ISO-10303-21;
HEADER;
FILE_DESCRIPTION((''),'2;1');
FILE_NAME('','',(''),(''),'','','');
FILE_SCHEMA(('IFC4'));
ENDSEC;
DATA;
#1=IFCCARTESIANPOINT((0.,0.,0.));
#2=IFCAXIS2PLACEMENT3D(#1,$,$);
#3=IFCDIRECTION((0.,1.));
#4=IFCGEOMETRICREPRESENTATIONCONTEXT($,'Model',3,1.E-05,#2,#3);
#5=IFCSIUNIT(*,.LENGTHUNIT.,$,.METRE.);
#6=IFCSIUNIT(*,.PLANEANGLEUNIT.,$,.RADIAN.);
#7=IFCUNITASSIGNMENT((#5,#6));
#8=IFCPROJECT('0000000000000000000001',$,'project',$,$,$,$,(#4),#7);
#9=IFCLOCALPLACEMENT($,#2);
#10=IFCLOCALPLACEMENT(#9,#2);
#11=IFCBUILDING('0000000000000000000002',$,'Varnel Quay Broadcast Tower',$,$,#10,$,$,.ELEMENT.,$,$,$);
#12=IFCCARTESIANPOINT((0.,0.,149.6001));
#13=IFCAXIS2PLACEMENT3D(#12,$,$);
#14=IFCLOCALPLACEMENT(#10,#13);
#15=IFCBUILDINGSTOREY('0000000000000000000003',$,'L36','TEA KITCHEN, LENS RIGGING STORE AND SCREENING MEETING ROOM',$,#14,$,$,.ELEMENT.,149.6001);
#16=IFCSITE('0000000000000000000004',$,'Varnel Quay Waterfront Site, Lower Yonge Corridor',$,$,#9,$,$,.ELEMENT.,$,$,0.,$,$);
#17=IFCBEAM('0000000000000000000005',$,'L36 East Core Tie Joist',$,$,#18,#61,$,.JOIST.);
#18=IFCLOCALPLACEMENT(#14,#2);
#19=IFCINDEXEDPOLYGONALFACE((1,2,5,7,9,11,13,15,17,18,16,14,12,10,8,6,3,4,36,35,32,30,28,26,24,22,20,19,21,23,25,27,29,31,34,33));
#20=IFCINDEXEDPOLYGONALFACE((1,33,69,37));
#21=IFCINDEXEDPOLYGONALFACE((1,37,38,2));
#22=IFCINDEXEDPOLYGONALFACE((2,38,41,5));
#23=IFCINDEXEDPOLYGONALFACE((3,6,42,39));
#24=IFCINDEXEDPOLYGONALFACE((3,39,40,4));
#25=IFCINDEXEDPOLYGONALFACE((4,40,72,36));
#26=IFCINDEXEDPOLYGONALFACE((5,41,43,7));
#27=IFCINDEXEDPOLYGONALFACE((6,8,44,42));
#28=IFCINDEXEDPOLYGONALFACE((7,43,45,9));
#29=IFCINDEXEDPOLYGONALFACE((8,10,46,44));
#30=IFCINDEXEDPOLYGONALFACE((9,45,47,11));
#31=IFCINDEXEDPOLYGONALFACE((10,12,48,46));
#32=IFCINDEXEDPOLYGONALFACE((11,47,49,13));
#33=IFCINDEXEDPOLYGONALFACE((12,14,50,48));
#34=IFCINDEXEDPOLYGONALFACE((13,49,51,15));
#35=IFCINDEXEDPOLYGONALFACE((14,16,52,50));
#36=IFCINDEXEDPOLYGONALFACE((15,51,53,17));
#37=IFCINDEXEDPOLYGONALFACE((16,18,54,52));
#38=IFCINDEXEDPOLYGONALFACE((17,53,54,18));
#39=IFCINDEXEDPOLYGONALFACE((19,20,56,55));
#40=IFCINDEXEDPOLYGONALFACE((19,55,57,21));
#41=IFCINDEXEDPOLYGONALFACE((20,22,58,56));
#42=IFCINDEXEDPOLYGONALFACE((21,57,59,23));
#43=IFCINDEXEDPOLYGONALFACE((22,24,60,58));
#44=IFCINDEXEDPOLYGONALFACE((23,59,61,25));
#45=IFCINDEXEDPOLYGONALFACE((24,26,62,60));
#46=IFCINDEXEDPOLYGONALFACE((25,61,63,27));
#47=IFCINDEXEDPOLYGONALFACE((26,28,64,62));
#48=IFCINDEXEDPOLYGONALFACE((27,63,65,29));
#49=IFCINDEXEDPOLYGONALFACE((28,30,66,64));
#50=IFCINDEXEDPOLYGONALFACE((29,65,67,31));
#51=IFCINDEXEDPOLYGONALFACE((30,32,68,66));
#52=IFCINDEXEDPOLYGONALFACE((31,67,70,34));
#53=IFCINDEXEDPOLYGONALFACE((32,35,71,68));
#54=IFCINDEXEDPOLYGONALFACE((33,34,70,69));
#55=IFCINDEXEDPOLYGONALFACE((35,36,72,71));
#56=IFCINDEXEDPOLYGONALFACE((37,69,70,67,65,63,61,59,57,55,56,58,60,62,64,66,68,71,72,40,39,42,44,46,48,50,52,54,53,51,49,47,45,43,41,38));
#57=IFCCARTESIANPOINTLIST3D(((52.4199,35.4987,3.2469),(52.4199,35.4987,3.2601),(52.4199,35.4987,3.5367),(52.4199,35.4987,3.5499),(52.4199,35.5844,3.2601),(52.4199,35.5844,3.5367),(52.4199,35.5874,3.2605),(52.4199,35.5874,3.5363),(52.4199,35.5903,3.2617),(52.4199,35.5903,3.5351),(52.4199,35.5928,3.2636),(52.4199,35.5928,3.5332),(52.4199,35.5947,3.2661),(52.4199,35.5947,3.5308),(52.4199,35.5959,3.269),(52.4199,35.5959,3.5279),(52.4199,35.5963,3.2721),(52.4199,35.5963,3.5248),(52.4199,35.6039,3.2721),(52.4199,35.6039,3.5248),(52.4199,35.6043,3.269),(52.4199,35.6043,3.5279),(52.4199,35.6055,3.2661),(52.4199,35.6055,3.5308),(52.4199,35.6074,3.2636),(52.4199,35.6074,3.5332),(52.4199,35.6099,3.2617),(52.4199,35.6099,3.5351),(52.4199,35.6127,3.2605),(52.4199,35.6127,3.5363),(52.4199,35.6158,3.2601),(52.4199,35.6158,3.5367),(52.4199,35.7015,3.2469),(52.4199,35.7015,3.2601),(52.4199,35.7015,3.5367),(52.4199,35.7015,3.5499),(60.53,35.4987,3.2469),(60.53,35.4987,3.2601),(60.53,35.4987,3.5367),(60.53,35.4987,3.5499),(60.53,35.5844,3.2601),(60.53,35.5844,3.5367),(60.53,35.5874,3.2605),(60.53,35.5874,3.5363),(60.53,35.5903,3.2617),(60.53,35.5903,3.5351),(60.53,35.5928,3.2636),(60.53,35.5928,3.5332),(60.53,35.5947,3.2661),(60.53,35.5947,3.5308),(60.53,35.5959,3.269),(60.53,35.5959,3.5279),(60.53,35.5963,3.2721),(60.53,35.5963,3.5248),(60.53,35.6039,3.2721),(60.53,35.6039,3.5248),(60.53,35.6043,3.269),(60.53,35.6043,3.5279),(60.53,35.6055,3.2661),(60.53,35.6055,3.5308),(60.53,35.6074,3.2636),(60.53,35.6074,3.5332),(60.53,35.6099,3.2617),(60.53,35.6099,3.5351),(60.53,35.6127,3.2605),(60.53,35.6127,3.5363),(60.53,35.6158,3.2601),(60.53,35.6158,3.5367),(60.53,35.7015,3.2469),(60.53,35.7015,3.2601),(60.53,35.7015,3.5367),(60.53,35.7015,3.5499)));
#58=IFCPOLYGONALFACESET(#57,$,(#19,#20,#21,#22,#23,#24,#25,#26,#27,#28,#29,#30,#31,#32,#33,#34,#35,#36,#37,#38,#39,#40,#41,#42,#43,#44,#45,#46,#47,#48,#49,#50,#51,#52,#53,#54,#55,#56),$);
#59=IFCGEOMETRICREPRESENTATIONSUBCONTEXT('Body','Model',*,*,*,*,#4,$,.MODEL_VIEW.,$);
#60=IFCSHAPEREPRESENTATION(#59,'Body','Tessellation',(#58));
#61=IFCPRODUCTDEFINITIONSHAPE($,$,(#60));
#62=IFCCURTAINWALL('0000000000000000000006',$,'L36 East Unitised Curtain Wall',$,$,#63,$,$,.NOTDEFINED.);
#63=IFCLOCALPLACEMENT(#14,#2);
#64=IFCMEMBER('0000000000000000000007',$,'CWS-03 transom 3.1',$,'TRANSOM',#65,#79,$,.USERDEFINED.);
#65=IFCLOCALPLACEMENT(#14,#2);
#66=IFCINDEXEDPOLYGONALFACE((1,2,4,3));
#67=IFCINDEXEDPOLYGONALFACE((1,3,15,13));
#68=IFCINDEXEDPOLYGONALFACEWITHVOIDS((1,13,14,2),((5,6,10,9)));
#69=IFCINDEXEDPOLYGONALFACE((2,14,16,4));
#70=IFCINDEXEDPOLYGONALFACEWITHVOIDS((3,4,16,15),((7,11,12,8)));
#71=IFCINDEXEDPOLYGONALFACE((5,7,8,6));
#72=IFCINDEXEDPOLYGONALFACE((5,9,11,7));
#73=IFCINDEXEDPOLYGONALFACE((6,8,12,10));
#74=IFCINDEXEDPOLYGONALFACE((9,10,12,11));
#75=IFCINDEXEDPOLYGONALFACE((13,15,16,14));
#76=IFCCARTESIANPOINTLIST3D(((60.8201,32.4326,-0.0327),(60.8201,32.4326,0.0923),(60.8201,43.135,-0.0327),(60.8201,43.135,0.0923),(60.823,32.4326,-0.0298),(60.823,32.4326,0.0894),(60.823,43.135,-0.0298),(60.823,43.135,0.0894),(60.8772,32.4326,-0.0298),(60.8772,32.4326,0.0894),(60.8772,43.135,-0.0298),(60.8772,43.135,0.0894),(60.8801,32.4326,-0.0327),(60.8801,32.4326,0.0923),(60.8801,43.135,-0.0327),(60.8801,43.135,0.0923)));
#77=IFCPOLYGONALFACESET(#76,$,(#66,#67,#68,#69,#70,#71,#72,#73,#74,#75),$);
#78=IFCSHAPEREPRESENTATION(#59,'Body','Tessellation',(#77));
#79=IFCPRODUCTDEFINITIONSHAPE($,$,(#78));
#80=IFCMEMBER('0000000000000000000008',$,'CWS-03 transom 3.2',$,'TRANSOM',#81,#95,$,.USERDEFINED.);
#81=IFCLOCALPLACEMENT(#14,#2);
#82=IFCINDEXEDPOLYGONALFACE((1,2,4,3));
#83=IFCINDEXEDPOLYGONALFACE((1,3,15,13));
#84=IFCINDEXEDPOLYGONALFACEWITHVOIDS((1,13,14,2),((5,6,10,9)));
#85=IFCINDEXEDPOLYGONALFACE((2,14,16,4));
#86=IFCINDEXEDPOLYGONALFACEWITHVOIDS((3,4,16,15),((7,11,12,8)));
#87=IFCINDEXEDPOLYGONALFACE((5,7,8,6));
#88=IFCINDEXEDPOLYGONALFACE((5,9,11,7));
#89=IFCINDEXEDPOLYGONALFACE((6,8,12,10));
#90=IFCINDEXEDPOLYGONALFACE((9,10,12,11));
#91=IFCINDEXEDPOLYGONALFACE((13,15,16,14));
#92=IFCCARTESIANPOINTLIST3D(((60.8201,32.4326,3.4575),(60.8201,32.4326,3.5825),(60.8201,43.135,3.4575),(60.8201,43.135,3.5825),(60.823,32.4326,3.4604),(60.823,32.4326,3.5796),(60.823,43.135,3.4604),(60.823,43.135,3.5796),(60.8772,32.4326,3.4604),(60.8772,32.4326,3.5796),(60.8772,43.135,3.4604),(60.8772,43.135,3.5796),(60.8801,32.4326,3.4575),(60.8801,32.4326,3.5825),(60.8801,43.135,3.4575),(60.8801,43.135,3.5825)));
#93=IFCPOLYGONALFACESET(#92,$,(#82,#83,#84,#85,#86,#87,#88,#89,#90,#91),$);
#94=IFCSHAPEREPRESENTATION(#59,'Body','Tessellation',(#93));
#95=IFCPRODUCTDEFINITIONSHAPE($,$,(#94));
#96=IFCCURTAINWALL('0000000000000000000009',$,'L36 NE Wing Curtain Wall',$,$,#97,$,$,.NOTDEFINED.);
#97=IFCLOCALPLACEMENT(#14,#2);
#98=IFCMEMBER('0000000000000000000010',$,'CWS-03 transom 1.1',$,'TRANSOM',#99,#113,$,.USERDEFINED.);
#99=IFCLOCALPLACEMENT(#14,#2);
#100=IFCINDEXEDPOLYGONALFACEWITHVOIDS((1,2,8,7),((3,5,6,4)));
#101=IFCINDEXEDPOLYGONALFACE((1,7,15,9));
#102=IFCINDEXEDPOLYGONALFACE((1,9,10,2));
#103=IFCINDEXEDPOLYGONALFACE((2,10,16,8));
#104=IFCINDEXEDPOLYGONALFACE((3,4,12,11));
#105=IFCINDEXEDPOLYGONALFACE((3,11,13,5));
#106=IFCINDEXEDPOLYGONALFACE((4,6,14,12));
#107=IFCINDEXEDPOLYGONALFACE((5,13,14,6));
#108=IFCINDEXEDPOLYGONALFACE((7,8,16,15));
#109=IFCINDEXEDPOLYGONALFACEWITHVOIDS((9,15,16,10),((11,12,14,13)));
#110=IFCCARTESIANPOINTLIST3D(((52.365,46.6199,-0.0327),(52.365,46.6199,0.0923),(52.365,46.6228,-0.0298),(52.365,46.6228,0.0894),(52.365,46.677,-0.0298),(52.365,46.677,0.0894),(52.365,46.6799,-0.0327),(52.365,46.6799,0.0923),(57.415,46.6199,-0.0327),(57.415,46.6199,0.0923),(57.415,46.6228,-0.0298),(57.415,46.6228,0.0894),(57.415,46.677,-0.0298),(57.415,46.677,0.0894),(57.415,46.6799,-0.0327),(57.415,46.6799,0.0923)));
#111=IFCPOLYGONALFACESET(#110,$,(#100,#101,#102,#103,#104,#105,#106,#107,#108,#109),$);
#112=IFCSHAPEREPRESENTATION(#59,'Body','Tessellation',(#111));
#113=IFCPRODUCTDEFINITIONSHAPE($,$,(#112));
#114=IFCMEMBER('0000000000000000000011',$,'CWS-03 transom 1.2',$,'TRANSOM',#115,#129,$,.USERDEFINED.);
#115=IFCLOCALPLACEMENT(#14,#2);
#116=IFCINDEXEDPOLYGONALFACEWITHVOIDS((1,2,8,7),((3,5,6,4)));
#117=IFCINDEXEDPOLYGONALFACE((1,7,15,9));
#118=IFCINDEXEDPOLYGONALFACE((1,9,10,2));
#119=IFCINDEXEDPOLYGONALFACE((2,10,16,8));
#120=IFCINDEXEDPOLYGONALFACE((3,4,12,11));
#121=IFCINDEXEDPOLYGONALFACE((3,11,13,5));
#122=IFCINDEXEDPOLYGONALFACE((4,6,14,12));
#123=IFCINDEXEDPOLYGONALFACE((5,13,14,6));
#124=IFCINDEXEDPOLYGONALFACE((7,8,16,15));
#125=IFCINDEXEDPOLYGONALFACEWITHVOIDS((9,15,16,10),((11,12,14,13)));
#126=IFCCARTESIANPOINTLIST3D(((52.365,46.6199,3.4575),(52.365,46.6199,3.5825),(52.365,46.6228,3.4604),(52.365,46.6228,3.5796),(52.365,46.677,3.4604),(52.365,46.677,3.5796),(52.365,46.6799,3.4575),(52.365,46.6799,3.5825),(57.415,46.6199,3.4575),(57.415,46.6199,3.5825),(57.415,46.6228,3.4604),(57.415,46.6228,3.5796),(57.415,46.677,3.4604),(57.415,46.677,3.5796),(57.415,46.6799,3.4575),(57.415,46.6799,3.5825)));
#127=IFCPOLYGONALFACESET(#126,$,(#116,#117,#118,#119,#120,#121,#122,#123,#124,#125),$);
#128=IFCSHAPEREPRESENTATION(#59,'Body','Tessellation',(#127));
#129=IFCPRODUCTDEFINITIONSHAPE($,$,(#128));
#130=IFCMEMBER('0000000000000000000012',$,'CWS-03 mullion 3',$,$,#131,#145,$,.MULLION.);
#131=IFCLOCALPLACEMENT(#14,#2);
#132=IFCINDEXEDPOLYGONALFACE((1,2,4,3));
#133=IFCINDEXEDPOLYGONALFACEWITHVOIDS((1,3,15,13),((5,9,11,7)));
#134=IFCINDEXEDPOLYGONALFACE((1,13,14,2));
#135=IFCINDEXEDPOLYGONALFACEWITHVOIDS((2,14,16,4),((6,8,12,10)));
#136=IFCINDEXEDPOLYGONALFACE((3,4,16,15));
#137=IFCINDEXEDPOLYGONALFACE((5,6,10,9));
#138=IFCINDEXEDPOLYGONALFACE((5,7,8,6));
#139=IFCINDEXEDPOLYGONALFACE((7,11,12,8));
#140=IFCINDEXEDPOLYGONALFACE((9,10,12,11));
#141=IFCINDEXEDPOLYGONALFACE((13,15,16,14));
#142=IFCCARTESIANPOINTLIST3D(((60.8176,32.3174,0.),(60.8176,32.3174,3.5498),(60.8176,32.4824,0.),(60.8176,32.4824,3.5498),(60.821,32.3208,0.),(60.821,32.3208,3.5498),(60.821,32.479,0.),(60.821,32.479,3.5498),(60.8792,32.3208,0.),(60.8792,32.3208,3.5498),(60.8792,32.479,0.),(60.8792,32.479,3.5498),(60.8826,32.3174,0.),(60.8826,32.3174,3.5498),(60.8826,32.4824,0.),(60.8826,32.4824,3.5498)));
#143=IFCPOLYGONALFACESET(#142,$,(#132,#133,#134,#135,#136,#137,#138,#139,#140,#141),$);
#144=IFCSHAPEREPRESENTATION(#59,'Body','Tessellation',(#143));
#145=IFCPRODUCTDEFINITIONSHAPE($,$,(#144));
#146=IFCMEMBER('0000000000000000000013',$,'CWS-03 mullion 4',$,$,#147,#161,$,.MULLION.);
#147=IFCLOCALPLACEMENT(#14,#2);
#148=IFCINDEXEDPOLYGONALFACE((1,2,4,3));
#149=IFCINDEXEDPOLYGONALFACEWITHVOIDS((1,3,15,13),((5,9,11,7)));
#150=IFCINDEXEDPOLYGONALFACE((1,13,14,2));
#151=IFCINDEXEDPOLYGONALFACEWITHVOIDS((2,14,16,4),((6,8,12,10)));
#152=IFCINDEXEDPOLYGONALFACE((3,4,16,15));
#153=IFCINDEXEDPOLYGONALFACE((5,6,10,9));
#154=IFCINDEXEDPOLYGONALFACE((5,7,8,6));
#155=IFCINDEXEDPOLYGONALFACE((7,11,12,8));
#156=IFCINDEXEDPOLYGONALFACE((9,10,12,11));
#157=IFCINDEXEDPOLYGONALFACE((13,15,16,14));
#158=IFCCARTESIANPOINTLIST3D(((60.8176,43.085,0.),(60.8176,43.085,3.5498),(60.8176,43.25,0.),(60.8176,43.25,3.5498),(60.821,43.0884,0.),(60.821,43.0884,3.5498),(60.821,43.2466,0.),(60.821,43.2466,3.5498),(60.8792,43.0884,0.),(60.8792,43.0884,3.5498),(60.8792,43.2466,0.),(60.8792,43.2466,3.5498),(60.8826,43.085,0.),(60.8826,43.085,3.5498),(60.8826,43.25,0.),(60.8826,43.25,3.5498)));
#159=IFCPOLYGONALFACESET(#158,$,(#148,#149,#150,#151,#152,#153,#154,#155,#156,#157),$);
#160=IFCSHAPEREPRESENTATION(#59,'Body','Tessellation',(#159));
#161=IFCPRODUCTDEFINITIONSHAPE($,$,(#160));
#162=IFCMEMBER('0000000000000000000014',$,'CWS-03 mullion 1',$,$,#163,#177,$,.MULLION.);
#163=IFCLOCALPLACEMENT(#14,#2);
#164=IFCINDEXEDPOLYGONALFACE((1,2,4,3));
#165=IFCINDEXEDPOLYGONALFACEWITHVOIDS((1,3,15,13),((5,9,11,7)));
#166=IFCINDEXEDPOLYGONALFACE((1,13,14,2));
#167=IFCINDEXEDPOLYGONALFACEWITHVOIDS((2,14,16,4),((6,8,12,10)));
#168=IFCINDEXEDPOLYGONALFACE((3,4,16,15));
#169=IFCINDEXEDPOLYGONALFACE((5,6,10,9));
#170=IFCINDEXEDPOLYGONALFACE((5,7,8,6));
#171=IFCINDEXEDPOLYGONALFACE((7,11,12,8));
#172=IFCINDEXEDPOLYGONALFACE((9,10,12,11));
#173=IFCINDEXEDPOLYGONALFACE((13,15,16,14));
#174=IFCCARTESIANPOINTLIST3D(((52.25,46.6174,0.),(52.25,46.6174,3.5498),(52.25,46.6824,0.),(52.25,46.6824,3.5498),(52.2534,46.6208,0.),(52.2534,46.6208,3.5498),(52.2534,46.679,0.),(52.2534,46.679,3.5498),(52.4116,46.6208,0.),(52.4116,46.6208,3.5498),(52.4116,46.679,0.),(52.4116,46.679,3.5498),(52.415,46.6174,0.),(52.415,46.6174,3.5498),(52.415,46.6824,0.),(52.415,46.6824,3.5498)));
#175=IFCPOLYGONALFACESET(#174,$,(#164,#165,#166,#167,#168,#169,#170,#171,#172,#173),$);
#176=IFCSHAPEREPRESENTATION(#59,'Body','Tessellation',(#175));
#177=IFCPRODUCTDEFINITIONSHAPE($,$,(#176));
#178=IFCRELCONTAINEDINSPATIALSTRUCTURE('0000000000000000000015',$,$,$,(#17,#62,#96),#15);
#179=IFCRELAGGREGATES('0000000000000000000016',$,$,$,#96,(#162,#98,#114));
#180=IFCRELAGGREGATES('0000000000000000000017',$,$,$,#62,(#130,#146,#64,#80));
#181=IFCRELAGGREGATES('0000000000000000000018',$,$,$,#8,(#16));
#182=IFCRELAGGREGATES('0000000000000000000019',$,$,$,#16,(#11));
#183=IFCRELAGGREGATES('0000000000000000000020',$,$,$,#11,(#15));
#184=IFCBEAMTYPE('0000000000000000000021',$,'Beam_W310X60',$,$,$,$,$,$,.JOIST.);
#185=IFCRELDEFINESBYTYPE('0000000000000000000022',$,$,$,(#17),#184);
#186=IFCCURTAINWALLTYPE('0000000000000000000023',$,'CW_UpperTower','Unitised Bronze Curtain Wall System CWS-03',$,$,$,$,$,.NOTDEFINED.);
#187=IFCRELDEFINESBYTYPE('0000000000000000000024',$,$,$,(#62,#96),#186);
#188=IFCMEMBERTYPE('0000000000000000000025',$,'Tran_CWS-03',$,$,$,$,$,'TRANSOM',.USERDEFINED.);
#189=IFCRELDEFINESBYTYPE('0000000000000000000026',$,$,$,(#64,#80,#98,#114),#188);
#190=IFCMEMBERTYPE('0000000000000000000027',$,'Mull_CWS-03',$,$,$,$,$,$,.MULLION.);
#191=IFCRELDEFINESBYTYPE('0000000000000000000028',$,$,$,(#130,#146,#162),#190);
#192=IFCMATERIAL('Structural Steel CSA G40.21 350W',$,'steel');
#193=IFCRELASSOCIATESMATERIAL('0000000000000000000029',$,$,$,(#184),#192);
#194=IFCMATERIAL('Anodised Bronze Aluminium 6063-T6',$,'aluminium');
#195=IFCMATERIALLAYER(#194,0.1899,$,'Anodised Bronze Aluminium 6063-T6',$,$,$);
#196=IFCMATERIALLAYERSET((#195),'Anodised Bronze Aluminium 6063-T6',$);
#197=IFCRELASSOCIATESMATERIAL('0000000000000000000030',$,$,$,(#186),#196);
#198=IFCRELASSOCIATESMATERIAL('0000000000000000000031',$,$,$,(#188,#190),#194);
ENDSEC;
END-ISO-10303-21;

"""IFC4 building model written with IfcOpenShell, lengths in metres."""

from ifc_helpers import new_model, si_unit, direction, frame, origin, origin_2d, place, context, subcontext, project, spatial, hollow_rectangle, i_section, extrude, source, transform, mapped, material, layer, layer_set, material_profile, profile_set, type_object, type_shapes, element, aggregate, save


model = new_model("IFC4")

# Units and contexts
model_context = context("Model", 3, precision=1e-05, world=origin(), true_north=direction((0.0, 1.0)))
body_context = subcontext(model_context, "Body", "Model", "MODEL_VIEW")
ifc_project = project(units=[si_unit("LENGTHUNIT", "METRE"), si_unit("PLANEANGLEUNIT", "RADIAN")], contexts=[model_context])

# Site, building, storey
site_placement = place(None, origin())
site = spatial("IfcSite", under=ifc_project, at=site_placement, Name="Varnel Quay Waterfront Site, Lower Yonge Corridor", CompositionType="ELEMENT", RefElevation=0.0)
building_placement = place(site_placement, origin())
building = spatial("IfcBuilding", under=site, at=building_placement, Name="Varnel Quay Broadcast Tower", CompositionType="ELEMENT")
storey_placement = place(building_placement, frame((0.0, 0.0, 149.6001)))
storey = spatial("IfcBuildingStorey", under=building, at=storey_placement, Name="L36", Description="TEA KITCHEN, LENS RIGGING STORE AND SCREENING MEETING ROOM", CompositionType="ELEMENT", Elevation=149.6001)

# Shared definitions
ifc_material_1 = material(Name="Structural Steel CSA G40.21 350W", Category="steel")

# Beam
ifc_material_profile_1 = material_profile(ifc_material_1, i_section(OverallWidth=0.2029, OverallDepth=0.303, WebThickness=0.0076, FlangeThickness=0.0132, FilletRadius=0.012, at=origin_2d()), Name="W310X60")
ifc_profile_set_1 = profile_set([ifc_material_profile_1], Name="Structural Steel CSA G40.21 350W")
beam_type_1 = type_object("IfcBeamType", Name="Beam_W310X60", PredefinedType="JOIST", material=ifc_profile_set_1)
shared_shape_1 = source(origin(), body_context, "Body", "SweptSolid", [
    extrude(i_section(OverallWidth=0.2029, OverallDepth=0.303, WebThickness=0.0076, FlangeThickness=0.0132, FilletRadius=0.012, at=origin_2d()), origin(), (0.0, 0.0, 1.0), 8.1101),
])
type_shapes(beam_type_1, [shared_shape_1])
beam_1_placement = place(storey_placement, frame((52.4199, 35.6001, 3.3984), z_axis=(1.0, 0.0, 0.0), x_axis=(0.0, 1.0, 0.0)))
element("IfcBeam", 1, at=beam_1_placement, inside=storey, type_object=beam_type_1, Name="L36 East Core Tie Joist", PredefinedType="JOIST", context=body_context, shape_type="MappedRepresentation", body=[
    mapped(shared_shape_1, transform((0.0, 0.0, 0.0), x_axis=(1.0, 0.0, 0.0), y_axis=(0.0, 1.0, 0.0), z_axis=(0.0, 0.0, 1.0), scale=1.0)),
])

# Curtain walls, members
ifc_material_2 = material(Name="Anodised Bronze Aluminium 6063-T6", Category="aluminium")
ifc_layer_1 = layer(ifc_material_2, 0.1899, Name="Anodised Bronze Aluminium 6063-T6")
ifc_layer_set_1 = layer_set([ifc_layer_1], Name="Anodised Bronze Aluminium 6063-T6")
curtain_wall_type = type_object("IfcCurtainWallType", Name="CW_UpperTower", Description="Unitised Bronze Curtain Wall System CWS-03", PredefinedType="NOTDEFINED", material=ifc_layer_set_1)
curtain_wall_1_placement = place(storey_placement, origin())
curtain_wall_1 = element("IfcCurtainWall", 2, at=curtain_wall_1_placement, inside=storey, type_object=curtain_wall_type, Name="L36 East Unitised Curtain Wall", PredefinedType="NOTDEFINED")
ifc_material_profile_2 = material_profile(ifc_material_2, hollow_rectangle(XDim=0.0601, YDim=0.125, WallThickness=0.0029, at=origin_2d()), Name="ALU60X125X3")
ifc_profile_set_2 = profile_set([ifc_material_profile_2], Name="Anodised Bronze Aluminium 6063-T6")
member_type_1 = type_object("IfcMemberType", Name="Tran_CWS-03", ElementType="TRANSOM", PredefinedType="USERDEFINED", material=ifc_profile_set_2)
shared_shape_2 = source(origin(), body_context, "Body", "SweptSolid", [
    extrude(hollow_rectangle(XDim=0.0601, YDim=0.125, WallThickness=0.0029, at=origin_2d()), origin(), (0.0, 0.0, 1.0), 10.7024),
])
member_1_placement = place(storey_placement, frame((60.8501, 32.4326, 0.0298), z_axis=(0.0, 1.0, 0.0), x_axis=(-1.0, 0.0, 0.0)))
member_1 = element("IfcMember", 3, at=member_1_placement, type_object=member_type_1, Name="CWS-03 transom 3.1", ObjectType="TRANSOM", PredefinedType="USERDEFINED", context=body_context, shape_type="MappedRepresentation", body=[
    mapped(shared_shape_2, transform((0.0, 0.0, 0.0), x_axis=(1.0, 0.0, 0.0), y_axis=(0.0, 1.0, 0.0), z_axis=(0.0, 0.0, 1.0), scale=1.0)),
])
member_2_placement = place(storey_placement, frame((60.8501, 32.4326, 3.52), z_axis=(0.0, 1.0, 0.0), x_axis=(-1.0, 0.0, 0.0)))
member_2 = element("IfcMember", 4, at=member_2_placement, type_object=member_type_1, Name="CWS-03 transom 3.2", ObjectType="TRANSOM", PredefinedType="USERDEFINED", context=body_context, shape_type="MappedRepresentation", body=[
    mapped(shared_shape_2, transform((0.0, 0.0, 0.0), x_axis=(1.0, 0.0, 0.0), y_axis=(0.0, 1.0, 0.0), z_axis=(0.0, 0.0, 1.0), scale=1.0)),
])
curtain_wall_2_placement = place(storey_placement, origin())
curtain_wall_2 = element("IfcCurtainWall", 5, at=curtain_wall_2_placement, inside=storey, type_object=curtain_wall_type, Name="L36 NE Wing Curtain Wall", PredefinedType="NOTDEFINED")
shared_shape_3 = source(origin(), body_context, "Body", "SweptSolid", [
    extrude(hollow_rectangle(XDim=0.0601, YDim=0.125, WallThickness=0.0029, at=origin_2d()), origin(), (0.0, 0.0, 1.0), 5.05),
])
type_shapes(member_type_1, [shared_shape_2, shared_shape_3])
member_3_placement = place(storey_placement, frame((52.365, 46.6499, 0.0298), z_axis=(1.0, 0.0, 0.0), x_axis=(0.0, 1.0, 0.0)))
member_3 = element("IfcMember", 6, at=member_3_placement, type_object=member_type_1, Name="CWS-03 transom 1.1", ObjectType="TRANSOM", PredefinedType="USERDEFINED", context=body_context, shape_type="MappedRepresentation", body=[
    mapped(shared_shape_3, transform((0.0, 0.0, 0.0), x_axis=(1.0, 0.0, 0.0), y_axis=(0.0, 1.0, 0.0), z_axis=(0.0, 0.0, 1.0), scale=1.0)),
])
member_4_placement = place(storey_placement, frame((52.365, 46.6499, 3.52), z_axis=(1.0, 0.0, 0.0), x_axis=(0.0, 1.0, 0.0)))
member_4 = element("IfcMember", 7, at=member_4_placement, type_object=member_type_1, Name="CWS-03 transom 1.2", ObjectType="TRANSOM", PredefinedType="USERDEFINED", context=body_context, shape_type="MappedRepresentation", body=[
    mapped(shared_shape_3, transform((0.0, 0.0, 0.0), x_axis=(1.0, 0.0, 0.0), y_axis=(0.0, 1.0, 0.0), z_axis=(0.0, 0.0, 1.0), scale=1.0)),
])

# Members
ifc_material_profile_3 = material_profile(ifc_material_2, hollow_rectangle(XDim=0.0649, YDim=0.165, WallThickness=0.0034, at=origin_2d()), Name="ALU65X165X3.5")
ifc_profile_set_3 = profile_set([ifc_material_profile_3], Name="Anodised Bronze Aluminium 6063-T6")
member_type_2 = type_object("IfcMemberType", Name="Mull_CWS-03", PredefinedType="MULLION", material=ifc_profile_set_3)
shared_shape_4 = source(origin(), body_context, "Body", "SweptSolid", [
    extrude(hollow_rectangle(XDim=0.0649, YDim=0.165, WallThickness=0.0034, at=origin_2d()), origin(), (0.0, 0.0, 1.0), 3.5498),
])
type_shapes(member_type_2, [shared_shape_4])
member_5_placement = place(storey_placement, frame((60.8501, 32.3999, 0.0), z_axis=(0.0, 0.0, 1.0), x_axis=(-1.0, 0.0, 0.0)))
member_5 = element("IfcMember", 8, at=member_5_placement, type_object=member_type_2, Name="CWS-03 mullion 3", PredefinedType="MULLION", context=body_context, shape_type="MappedRepresentation", body=[
    mapped(shared_shape_4, transform((0.0, 0.0, 0.0), x_axis=(1.0, 0.0, 0.0), y_axis=(0.0, 1.0, 0.0), z_axis=(0.0, 0.0, 1.0), scale=1.0)),
])
member_6_placement = place(storey_placement, frame((60.8501, 43.1675, 0.0), z_axis=(0.0, 0.0, 1.0), x_axis=(-1.0, 0.0, 0.0)))
member_6 = element("IfcMember", 9, at=member_6_placement, type_object=member_type_2, Name="CWS-03 mullion 4", PredefinedType="MULLION", context=body_context, shape_type="MappedRepresentation", body=[
    mapped(shared_shape_4, transform((0.0, 0.0, 0.0), x_axis=(1.0, 0.0, 0.0), y_axis=(0.0, 1.0, 0.0), z_axis=(0.0, 0.0, 1.0), scale=1.0)),
])
member_7_placement = place(storey_placement, frame((52.3325, 46.6499, 0.0), z_axis=(0.0, 0.0, 1.0), x_axis=(0.0, 1.0, 0.0)))
member_7 = element("IfcMember", 10, at=member_7_placement, type_object=member_type_2, Name="CWS-03 mullion 1", PredefinedType="MULLION", context=body_context, shape_type="MappedRepresentation", body=[
    mapped(shared_shape_4, transform((0.0, 0.0, 0.0), x_axis=(1.0, 0.0, 0.0), y_axis=(0.0, 1.0, 0.0), z_axis=(0.0, 0.0, 1.0), scale=1.0)),
])

aggregate(curtain_wall_2, [member_7, member_3, member_4])
aggregate(curtain_wall_1, [member_5, member_6, member_1, member_2])

save(model, "model.ifc")
